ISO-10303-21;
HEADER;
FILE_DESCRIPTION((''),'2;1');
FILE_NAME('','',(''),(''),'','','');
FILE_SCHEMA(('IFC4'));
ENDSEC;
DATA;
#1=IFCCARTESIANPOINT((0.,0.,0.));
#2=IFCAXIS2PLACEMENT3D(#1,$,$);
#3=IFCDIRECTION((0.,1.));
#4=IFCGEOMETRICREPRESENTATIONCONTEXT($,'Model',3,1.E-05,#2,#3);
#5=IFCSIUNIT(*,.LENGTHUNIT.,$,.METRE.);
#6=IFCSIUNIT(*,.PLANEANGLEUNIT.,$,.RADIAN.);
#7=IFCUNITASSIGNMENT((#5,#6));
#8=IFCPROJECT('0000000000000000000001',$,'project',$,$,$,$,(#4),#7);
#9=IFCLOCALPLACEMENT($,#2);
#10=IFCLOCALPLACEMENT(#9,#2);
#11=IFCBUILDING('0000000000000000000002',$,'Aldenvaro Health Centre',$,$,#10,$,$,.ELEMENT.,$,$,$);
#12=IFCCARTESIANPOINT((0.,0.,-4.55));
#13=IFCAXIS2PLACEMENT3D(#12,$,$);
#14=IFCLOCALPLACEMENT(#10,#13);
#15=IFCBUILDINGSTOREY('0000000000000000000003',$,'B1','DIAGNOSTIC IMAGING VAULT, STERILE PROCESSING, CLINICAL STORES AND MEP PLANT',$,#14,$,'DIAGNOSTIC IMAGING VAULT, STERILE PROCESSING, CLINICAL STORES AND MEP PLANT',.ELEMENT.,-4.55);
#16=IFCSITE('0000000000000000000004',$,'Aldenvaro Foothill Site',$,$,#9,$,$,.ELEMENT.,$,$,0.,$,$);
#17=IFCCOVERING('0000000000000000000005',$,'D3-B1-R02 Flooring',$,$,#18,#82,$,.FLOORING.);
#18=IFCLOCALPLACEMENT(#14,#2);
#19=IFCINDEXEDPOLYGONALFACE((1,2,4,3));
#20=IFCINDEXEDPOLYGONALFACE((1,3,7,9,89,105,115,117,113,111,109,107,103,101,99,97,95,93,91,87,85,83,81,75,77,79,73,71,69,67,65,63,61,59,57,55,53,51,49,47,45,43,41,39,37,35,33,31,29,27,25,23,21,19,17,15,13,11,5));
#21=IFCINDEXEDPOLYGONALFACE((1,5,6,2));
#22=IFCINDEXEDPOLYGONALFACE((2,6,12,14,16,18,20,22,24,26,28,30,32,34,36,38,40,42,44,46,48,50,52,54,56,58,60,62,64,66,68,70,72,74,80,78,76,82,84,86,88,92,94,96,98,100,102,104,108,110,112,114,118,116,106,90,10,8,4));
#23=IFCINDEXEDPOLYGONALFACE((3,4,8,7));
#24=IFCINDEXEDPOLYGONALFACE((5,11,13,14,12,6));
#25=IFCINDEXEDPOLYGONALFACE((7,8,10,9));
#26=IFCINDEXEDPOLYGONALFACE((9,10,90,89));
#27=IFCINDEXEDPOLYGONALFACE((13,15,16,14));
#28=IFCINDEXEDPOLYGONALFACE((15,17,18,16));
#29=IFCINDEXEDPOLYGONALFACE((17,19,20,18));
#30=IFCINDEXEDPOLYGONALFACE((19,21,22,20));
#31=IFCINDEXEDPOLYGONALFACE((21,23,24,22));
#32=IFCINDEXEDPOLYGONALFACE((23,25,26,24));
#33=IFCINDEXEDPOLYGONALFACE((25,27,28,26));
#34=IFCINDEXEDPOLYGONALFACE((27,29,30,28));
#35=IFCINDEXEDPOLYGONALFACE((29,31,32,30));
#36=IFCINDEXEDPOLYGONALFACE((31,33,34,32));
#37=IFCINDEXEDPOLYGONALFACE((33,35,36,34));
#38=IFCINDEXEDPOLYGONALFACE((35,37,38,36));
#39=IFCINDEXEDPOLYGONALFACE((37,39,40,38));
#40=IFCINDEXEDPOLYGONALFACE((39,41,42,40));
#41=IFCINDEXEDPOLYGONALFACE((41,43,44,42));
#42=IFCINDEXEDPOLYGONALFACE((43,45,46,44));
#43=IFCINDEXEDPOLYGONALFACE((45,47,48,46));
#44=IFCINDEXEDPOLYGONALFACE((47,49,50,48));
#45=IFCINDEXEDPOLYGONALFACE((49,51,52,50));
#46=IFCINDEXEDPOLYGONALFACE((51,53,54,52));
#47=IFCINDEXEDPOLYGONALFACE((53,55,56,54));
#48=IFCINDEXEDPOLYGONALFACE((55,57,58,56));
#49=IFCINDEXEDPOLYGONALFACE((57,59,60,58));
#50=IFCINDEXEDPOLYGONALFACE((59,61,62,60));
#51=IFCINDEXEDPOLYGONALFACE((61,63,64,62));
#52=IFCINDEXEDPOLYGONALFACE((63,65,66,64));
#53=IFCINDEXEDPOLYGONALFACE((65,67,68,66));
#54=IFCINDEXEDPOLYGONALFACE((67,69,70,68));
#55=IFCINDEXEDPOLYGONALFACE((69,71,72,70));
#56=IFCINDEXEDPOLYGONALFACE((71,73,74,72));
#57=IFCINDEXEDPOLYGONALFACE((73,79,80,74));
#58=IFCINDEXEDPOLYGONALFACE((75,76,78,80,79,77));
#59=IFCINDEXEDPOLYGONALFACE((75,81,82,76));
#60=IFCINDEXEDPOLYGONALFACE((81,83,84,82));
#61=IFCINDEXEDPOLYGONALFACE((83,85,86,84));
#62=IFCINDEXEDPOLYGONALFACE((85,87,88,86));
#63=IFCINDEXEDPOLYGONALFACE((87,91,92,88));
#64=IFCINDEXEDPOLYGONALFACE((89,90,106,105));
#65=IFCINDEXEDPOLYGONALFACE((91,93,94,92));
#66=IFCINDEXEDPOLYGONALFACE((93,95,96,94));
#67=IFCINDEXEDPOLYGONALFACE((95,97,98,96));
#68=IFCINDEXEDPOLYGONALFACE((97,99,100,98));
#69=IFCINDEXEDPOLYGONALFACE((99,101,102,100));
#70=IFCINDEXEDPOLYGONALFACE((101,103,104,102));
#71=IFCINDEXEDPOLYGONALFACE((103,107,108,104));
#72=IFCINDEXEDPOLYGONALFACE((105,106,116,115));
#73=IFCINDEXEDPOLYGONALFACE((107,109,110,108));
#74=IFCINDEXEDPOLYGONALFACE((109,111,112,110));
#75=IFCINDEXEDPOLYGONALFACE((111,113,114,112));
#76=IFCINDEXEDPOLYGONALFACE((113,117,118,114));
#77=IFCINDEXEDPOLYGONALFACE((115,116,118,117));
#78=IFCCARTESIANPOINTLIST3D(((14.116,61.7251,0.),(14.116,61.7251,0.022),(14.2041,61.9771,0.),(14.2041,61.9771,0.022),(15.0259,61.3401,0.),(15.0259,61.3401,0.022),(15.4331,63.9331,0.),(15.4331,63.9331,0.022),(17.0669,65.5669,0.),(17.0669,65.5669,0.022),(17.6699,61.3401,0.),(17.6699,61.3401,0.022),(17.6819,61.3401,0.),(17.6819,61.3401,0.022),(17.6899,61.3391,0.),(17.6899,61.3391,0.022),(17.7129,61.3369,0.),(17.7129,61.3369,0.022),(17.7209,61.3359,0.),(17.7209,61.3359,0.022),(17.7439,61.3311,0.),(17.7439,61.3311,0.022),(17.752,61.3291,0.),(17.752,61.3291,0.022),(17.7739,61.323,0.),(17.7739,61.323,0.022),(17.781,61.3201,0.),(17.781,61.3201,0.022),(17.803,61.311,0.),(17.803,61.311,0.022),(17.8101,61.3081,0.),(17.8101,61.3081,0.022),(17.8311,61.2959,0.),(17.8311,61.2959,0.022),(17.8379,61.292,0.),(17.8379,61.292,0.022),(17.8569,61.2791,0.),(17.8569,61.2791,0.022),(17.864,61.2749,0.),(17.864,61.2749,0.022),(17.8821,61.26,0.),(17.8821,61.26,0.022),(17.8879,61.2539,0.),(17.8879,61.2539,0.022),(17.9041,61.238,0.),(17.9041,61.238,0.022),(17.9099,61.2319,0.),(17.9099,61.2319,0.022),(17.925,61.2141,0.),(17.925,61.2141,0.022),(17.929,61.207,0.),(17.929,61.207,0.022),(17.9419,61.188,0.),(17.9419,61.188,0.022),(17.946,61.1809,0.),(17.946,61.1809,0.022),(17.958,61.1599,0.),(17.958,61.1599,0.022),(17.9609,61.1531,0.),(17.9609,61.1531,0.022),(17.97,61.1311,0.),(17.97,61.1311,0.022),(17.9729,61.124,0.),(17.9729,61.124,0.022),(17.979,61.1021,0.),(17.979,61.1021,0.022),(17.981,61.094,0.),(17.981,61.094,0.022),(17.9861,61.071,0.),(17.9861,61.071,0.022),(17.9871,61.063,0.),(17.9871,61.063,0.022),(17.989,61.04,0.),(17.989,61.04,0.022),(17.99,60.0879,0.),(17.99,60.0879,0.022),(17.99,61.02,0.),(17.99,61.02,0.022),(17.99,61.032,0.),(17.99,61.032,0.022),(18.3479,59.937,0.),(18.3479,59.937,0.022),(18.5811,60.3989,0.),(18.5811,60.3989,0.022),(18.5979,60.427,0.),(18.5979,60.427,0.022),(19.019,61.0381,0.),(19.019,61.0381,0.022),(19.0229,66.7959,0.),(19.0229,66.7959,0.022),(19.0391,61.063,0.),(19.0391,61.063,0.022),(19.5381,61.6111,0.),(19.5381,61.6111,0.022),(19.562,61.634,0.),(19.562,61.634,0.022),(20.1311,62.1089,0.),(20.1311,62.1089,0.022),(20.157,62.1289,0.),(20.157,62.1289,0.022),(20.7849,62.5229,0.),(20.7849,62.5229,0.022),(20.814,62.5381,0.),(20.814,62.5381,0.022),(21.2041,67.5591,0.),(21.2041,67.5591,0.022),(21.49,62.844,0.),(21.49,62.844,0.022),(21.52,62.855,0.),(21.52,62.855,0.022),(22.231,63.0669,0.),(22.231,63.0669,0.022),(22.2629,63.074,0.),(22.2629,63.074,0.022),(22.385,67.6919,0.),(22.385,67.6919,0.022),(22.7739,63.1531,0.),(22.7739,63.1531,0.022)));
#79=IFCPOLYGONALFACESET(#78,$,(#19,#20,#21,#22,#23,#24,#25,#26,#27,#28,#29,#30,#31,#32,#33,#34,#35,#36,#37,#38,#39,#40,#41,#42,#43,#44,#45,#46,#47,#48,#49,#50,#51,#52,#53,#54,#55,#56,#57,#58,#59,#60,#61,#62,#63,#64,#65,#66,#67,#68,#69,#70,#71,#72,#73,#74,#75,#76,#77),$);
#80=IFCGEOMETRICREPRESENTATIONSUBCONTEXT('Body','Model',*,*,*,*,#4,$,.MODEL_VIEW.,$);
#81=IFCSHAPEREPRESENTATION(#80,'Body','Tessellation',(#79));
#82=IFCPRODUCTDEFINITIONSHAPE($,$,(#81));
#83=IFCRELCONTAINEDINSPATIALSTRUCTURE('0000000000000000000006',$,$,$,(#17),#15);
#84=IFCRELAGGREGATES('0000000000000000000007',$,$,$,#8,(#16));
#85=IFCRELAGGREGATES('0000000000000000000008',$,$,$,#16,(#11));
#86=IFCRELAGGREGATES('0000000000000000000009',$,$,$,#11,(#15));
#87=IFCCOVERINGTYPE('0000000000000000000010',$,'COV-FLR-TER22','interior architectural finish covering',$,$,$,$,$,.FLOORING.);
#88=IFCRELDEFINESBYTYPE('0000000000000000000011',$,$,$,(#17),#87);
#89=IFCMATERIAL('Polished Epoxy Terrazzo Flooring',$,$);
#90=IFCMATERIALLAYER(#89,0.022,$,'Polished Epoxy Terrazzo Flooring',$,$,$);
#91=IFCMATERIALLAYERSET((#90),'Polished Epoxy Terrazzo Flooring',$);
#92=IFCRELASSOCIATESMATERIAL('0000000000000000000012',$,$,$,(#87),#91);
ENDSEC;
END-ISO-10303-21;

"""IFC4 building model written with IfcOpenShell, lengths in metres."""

from ifc_helpers import new_model, si_unit, direction, frame, origin, place, context, subcontext, project, spatial, polyline, outline, extrude, material, layer, layer_set, type_object, element, save


model = new_model("IFC4")

# Units and contexts
model_context = context("Model", 3, precision=1e-05, world=origin(), true_north=direction((0.0, 1.0)))
body_context = subcontext(model_context, "Body", "Model", "MODEL_VIEW")
ifc_project = project(units=[si_unit("LENGTHUNIT", "METRE"), si_unit("PLANEANGLEUNIT", "RADIAN")], contexts=[model_context])

# Site, building, storey
site_placement = place(None, origin())
site = spatial("IfcSite", under=ifc_project, at=site_placement, Name="Aldenvaro Foothill Site", CompositionType="ELEMENT", RefElevation=0.0)
building_placement = place(site_placement, origin())
building = spatial("IfcBuilding", under=site, at=building_placement, Name="Aldenvaro Health Centre", CompositionType="ELEMENT")
storey_placement = place(building_placement, frame((0.0, 0.0, -4.55)))
storey = spatial("IfcBuildingStorey", under=building, at=storey_placement, Name="B1", Description="DIAGNOSTIC IMAGING VAULT, STERILE PROCESSING, CLINICAL STORES AND MEP PLANT", LongName="DIAGNOSTIC IMAGING VAULT, STERILE PROCESSING, CLINICAL STORES AND MEP PLANT", CompositionType="ELEMENT", Elevation=-4.55)

# Covering
ifc_material_1 = material(Name="Polished Epoxy Terrazzo Flooring")
ifc_layer_1 = layer(ifc_material_1, 0.022, Name="Polished Epoxy Terrazzo Flooring")
ifc_layer_set_1 = layer_set([ifc_layer_1], Name="Polished Epoxy Terrazzo Flooring")
covering_type_1 = type_object("IfcCoveringType", Name="COV-FLR-TER22", Description="interior architectural finish covering", PredefinedType="FLOORING", material=ifc_layer_set_1)
covering_1_placement = place(storey_placement, origin())
element("IfcCovering", 1, at=covering_1_placement, inside=storey, type_object=covering_type_1, Name="D3-B1-R02 Flooring", PredefinedType="FLOORING", context=body_context, shape_type="SweptSolid", body=[
    extrude(outline(polyline([(22.2629, 63.074), (22.231, 63.0669), (21.52, 62.855), (21.49, 62.844), (20.814, 62.5381), (20.7849, 62.5229), (20.157, 62.1289), (20.1311, 62.1089), (19.562, 61.634), (19.5381, 61.6111), (19.0391, 61.063), (19.019, 61.0381), (18.5979, 60.427), (18.5811, 60.3989), (18.3479, 59.937), (17.99, 60.0879), (17.99, 61.02), (17.99, 61.032), (17.989, 61.04), (17.9871, 61.063), (17.9861, 61.071), (17.981, 61.094), (17.979, 61.1021), (17.9729, 61.124), (17.97, 61.1311), (17.9609, 61.1531), (17.958, 61.1599), (17.946, 61.1809), (17.9419, 61.188), (17.929, 61.207), (17.925, 61.2141), (17.9099, 61.2319), (17.9041, 61.238), (17.8879, 61.2539), (17.8821, 61.26), (17.864, 61.2749), (17.8569, 61.2791), (17.8379, 61.292), (17.8311, 61.2959), (17.8101, 61.3081), (17.803, 61.311), (17.781, 61.3201), (17.7739, 61.323), (17.752, 61.3291), (17.7439, 61.3311), (17.7209, 61.3359), (17.7129, 61.3369), (17.6899, 61.3391), (17.6819, 61.3401), (17.6699, 61.3401), (15.0259, 61.3401), (14.116, 61.7251), (14.2041, 61.9771), (15.4331, 63.9331), (17.0669, 65.5669), (19.0229, 66.7959), (21.2041, 67.5591), (22.385, 67.6919), (22.7739, 63.1531), (22.2629, 63.074)])), origin(), (0.0, 0.0, 1.0), 0.022),
])

save(model, "model.ifc")
